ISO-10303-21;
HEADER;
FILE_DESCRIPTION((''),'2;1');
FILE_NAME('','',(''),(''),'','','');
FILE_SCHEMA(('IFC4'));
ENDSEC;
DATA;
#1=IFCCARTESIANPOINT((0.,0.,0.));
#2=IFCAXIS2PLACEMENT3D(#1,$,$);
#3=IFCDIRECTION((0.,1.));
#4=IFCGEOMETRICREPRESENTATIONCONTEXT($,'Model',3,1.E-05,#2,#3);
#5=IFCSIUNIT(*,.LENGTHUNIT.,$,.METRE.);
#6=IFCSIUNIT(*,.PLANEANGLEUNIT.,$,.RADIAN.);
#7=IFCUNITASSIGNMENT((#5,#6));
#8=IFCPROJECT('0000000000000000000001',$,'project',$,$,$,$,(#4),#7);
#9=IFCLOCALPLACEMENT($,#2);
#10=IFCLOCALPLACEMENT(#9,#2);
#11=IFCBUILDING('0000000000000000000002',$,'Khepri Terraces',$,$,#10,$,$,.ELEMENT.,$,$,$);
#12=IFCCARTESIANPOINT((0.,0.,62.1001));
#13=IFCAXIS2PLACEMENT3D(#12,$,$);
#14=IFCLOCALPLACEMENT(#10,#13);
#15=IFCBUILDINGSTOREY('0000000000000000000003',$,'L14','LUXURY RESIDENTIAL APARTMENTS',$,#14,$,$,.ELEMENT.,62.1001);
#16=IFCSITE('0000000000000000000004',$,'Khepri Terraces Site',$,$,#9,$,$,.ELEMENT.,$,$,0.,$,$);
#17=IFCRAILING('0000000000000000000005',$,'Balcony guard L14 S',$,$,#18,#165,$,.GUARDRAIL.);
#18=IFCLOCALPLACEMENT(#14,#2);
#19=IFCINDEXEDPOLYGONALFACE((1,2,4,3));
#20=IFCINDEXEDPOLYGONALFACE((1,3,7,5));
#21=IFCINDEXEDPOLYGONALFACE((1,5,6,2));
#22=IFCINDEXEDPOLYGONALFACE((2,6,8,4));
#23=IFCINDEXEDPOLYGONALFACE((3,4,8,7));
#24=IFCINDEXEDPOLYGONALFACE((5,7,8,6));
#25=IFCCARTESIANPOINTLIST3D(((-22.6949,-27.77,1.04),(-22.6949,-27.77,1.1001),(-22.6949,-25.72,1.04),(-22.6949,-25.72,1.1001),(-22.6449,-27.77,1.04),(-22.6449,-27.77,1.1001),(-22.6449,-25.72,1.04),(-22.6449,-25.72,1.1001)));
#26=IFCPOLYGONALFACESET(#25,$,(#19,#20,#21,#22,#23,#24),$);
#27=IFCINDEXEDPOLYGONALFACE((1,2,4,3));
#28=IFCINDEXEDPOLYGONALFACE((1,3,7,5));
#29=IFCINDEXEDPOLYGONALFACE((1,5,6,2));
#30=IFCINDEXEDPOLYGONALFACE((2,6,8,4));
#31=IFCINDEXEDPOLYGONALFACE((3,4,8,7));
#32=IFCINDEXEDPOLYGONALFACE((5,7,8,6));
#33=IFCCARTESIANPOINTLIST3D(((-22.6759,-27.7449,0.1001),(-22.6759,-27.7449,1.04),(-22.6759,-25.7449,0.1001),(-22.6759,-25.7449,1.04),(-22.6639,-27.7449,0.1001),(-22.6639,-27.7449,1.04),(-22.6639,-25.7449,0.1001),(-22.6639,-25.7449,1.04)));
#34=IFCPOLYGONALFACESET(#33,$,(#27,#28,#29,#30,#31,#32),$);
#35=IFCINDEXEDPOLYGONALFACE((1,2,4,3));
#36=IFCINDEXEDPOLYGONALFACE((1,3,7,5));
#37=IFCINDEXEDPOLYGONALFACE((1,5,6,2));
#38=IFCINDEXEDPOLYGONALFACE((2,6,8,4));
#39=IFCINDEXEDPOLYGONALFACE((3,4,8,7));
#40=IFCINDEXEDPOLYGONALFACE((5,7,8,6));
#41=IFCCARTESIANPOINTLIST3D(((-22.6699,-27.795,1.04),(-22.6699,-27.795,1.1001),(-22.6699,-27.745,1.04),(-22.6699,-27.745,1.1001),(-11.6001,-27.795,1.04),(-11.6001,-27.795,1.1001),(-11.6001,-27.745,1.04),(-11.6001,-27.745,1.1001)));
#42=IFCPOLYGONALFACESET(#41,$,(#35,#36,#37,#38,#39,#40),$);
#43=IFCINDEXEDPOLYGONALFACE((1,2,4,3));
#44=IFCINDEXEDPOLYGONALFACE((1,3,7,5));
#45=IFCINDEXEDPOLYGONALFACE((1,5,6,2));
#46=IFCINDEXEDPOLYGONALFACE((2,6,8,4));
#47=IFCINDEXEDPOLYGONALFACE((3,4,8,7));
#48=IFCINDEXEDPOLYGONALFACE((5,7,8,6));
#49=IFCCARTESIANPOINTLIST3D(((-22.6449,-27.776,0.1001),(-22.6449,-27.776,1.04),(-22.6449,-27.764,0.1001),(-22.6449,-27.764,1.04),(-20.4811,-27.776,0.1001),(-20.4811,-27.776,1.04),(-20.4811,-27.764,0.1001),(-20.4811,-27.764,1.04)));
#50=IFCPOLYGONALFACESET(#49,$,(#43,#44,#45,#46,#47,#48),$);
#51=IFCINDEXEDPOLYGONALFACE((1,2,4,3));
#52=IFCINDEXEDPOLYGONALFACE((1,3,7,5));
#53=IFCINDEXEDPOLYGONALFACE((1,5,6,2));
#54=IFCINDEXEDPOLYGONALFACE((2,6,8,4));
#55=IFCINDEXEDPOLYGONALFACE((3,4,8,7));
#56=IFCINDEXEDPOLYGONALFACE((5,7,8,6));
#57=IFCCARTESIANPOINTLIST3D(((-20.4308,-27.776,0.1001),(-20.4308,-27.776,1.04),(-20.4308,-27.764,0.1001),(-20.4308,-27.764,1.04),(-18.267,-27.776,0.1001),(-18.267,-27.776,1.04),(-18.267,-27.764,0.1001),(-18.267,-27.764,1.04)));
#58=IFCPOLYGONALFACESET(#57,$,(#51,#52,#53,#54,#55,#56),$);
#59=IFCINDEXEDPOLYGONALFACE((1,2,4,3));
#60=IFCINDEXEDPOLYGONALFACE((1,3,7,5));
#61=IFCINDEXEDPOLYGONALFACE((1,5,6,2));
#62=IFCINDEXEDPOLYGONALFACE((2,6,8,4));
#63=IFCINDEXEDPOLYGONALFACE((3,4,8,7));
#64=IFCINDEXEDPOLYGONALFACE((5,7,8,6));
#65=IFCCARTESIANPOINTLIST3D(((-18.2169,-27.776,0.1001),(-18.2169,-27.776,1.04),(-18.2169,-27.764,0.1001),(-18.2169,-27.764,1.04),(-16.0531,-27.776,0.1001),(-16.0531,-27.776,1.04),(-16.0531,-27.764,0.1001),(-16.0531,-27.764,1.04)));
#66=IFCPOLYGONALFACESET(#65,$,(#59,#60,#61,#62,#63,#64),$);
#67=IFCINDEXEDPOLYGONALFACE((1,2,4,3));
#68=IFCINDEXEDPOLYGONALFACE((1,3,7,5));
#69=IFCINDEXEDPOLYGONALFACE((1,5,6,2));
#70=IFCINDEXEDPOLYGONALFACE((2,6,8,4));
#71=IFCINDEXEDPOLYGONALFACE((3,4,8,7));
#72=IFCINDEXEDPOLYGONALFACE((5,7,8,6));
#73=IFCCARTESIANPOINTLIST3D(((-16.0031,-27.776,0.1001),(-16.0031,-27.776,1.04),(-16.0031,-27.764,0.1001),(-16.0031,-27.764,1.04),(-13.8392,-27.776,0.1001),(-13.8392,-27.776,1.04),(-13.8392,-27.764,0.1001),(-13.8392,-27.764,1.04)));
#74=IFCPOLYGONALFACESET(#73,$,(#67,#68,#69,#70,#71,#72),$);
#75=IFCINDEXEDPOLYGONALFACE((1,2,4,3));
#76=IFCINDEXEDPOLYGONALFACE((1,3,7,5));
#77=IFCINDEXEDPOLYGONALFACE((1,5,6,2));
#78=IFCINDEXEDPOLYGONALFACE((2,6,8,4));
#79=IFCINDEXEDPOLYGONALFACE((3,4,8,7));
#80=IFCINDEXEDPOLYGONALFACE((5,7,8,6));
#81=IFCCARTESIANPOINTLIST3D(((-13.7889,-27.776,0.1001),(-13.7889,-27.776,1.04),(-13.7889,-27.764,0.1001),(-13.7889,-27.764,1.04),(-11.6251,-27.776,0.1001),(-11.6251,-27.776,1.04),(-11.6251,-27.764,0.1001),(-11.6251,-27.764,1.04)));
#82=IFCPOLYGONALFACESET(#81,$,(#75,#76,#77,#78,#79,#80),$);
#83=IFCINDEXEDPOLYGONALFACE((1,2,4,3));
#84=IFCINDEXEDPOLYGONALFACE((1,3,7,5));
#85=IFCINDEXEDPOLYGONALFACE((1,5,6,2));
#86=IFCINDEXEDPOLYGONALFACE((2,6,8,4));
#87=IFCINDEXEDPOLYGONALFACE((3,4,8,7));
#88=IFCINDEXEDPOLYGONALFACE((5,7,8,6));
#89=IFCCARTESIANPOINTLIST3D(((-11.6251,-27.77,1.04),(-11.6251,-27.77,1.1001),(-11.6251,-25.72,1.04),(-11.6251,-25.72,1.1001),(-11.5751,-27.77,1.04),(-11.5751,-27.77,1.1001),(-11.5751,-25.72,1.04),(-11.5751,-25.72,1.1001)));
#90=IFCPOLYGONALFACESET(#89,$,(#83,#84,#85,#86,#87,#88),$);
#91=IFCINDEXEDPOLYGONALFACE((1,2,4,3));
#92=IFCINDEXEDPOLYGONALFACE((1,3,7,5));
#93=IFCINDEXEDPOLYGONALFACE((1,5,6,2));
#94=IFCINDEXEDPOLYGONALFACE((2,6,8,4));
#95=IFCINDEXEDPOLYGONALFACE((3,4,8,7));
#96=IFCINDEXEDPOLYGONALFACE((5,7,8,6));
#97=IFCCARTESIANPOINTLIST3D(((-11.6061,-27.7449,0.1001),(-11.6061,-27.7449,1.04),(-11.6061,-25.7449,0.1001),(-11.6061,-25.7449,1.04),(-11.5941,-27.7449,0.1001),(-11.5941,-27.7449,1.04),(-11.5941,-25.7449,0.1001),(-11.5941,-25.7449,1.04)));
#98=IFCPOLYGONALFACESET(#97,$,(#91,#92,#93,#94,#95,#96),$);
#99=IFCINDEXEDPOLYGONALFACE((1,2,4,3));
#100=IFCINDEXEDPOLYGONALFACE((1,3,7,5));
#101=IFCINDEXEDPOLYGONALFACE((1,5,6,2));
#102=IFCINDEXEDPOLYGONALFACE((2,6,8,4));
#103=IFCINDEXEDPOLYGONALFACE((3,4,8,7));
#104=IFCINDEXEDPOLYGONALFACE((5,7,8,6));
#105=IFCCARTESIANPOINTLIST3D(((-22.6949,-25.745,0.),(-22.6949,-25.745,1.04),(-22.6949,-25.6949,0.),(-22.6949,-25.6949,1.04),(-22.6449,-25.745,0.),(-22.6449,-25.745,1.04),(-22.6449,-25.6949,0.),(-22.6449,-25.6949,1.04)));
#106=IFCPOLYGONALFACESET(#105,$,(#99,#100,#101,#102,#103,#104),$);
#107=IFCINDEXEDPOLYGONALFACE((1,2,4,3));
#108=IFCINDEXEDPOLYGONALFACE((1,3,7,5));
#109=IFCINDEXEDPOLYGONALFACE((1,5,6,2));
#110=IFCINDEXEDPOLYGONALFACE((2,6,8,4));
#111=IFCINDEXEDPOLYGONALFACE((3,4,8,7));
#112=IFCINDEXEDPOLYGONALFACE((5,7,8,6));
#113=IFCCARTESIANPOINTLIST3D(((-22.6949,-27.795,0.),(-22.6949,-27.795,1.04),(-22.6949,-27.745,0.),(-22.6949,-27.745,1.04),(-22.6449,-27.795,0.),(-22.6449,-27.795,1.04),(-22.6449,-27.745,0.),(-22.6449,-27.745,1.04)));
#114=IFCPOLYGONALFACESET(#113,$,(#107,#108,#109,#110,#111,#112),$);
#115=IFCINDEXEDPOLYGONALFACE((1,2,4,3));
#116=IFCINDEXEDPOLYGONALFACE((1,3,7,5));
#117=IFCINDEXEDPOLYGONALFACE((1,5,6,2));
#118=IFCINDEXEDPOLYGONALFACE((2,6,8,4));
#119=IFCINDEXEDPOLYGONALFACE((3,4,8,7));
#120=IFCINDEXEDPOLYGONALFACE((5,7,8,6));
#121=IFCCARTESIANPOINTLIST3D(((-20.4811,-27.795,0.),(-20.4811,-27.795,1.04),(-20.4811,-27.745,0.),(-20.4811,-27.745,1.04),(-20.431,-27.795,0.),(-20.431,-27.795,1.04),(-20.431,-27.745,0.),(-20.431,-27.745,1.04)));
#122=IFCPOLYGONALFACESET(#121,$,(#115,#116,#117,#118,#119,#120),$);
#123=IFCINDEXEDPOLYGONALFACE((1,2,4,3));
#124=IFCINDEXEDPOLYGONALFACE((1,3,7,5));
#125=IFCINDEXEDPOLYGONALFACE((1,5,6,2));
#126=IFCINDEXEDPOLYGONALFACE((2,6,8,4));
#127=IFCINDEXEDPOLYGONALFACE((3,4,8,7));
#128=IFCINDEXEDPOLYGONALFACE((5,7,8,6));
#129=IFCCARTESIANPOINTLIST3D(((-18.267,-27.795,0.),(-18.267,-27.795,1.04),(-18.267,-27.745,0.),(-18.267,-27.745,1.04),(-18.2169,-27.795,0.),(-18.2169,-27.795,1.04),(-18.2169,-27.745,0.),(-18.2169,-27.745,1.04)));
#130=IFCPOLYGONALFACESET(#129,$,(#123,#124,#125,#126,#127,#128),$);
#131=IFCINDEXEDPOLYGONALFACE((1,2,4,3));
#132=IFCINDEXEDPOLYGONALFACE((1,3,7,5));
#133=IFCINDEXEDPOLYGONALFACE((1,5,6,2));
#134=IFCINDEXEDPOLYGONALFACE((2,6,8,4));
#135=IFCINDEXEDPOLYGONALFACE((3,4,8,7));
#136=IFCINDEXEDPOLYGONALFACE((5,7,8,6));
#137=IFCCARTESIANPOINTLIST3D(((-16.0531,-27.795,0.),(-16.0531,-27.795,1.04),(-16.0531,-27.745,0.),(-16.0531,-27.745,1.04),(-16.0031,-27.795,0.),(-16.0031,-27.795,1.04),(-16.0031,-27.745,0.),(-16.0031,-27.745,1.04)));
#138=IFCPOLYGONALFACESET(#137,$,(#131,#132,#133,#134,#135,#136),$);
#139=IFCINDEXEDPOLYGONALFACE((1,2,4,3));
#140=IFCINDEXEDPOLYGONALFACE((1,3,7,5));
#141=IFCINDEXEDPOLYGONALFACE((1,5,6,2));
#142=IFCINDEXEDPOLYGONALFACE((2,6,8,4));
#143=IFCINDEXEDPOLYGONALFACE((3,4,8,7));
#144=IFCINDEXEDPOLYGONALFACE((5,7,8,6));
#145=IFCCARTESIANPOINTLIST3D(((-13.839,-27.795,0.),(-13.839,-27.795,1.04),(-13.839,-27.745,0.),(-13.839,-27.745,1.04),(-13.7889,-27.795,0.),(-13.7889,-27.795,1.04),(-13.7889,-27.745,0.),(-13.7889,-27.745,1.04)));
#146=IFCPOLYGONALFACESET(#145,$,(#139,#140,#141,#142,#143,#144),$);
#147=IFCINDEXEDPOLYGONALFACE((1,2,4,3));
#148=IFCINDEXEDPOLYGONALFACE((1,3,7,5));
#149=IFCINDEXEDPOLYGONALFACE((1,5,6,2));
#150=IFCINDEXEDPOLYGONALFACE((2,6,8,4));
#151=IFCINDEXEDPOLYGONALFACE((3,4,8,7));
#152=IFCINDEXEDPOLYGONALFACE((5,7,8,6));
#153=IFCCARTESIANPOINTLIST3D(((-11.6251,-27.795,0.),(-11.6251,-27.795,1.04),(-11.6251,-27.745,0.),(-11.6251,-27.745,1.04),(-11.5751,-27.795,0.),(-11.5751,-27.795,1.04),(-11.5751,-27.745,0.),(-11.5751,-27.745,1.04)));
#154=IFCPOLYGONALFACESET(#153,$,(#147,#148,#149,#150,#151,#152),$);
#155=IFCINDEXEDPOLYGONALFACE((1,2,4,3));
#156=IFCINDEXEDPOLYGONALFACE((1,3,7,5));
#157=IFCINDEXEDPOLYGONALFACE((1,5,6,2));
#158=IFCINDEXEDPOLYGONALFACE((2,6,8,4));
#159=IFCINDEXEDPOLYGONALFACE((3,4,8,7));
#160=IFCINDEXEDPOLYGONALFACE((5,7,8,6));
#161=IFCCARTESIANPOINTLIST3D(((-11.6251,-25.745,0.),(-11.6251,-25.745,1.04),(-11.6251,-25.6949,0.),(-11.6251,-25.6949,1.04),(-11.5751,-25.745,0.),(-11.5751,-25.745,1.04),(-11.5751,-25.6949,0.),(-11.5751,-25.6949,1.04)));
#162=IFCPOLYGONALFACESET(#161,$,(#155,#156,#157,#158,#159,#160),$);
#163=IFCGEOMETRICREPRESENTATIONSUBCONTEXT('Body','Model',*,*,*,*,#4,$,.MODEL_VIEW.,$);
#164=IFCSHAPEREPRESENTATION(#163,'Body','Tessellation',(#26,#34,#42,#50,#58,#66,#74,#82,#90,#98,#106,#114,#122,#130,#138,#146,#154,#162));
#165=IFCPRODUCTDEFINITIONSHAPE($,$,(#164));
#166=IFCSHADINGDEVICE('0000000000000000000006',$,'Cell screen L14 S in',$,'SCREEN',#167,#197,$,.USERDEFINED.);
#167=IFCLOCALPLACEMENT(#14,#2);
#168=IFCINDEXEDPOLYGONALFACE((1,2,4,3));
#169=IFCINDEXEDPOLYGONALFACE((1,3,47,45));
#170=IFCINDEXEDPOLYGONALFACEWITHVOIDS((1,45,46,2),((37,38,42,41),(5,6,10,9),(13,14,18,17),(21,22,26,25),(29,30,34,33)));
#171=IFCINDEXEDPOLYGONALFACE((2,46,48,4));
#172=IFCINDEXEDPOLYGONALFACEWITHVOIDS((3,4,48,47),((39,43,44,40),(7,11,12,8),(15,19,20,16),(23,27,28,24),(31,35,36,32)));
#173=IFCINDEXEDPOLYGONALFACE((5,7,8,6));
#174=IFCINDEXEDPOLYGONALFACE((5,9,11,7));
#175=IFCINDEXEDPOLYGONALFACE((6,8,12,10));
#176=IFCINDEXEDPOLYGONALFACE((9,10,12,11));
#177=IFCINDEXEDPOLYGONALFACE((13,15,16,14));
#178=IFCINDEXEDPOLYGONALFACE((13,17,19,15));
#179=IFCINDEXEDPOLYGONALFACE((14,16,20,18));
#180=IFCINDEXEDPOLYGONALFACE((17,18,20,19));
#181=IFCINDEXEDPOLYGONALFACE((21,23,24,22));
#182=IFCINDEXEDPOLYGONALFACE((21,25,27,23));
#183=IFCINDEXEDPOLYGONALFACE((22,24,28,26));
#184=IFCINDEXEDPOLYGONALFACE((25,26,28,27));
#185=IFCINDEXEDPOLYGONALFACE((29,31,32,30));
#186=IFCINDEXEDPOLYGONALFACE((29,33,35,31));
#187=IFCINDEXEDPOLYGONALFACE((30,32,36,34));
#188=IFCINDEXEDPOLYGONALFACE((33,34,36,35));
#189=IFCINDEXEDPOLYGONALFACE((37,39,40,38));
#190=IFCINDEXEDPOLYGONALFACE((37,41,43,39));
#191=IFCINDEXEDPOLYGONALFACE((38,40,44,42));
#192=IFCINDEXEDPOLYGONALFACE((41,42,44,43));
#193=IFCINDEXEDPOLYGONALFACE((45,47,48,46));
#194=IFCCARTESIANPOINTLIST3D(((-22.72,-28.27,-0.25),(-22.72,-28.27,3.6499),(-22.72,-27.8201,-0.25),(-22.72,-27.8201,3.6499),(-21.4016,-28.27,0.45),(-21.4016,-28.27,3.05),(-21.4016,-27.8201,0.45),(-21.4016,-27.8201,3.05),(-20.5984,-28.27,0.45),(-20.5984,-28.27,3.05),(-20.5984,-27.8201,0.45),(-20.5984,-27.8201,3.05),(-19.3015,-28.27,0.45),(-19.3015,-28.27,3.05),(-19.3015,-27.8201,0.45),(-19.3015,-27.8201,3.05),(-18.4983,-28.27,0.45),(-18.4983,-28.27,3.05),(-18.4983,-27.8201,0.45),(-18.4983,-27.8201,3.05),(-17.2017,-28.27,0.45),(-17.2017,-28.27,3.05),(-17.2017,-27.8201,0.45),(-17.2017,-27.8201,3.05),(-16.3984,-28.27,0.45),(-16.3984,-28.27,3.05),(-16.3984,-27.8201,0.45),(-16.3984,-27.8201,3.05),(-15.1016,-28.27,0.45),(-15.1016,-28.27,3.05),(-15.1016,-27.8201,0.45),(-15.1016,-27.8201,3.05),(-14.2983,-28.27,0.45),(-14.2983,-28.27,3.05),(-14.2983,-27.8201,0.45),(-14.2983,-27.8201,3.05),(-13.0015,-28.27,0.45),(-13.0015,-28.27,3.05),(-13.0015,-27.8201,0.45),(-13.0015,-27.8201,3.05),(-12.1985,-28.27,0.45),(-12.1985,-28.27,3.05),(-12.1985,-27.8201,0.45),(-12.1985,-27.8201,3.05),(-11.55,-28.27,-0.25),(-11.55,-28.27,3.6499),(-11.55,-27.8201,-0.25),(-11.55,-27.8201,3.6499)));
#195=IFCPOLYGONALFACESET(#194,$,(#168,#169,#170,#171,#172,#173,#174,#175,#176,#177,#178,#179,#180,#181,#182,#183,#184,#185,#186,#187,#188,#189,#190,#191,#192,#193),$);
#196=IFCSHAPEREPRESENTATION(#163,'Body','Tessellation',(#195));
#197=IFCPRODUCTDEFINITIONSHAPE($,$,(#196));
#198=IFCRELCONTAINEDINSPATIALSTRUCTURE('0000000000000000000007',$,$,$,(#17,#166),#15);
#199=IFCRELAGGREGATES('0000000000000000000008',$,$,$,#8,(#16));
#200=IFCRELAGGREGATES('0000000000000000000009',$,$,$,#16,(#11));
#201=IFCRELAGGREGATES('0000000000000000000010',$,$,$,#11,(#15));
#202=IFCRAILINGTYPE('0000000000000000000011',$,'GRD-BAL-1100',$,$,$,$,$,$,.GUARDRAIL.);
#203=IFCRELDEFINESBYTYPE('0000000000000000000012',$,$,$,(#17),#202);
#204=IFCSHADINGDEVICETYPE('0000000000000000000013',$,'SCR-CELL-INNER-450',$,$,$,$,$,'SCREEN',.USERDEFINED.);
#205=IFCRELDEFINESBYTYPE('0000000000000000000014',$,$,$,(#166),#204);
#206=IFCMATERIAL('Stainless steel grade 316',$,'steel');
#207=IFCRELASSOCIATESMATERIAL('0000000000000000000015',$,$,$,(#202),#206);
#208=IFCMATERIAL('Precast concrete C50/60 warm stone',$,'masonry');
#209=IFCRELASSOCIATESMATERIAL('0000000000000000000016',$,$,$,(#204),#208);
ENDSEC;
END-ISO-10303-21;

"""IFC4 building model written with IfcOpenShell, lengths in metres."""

from ifc_helpers import new_model, si_unit, direction, frame, origin, origin_2d, place, context, subcontext, project, spatial, polyline, rectangle, outline, extrude, material, type_object, element, save


model = new_model("IFC4")

# Units and contexts
model_context = context("Model", 3, precision=1e-05, world=origin(), true_north=direction((0.0, 1.0)))
body_context = subcontext(model_context, "Body", "Model", "MODEL_VIEW")
ifc_project = project(units=[si_unit("LENGTHUNIT", "METRE"), si_unit("PLANEANGLEUNIT", "RADIAN")], contexts=[model_context])

# Site, building, storey
site_placement = place(None, origin())
site = spatial("IfcSite", under=ifc_project, at=site_placement, Name="Khepri Terraces Site", CompositionType="ELEMENT", RefElevation=0.0)
building_placement = place(site_placement, origin())
building = spatial("IfcBuilding", under=site, at=building_placement, Name="Khepri Terraces", CompositionType="ELEMENT")
storey_placement = place(building_placement, frame((0.0, 0.0, 62.1001)))
storey = spatial("IfcBuildingStorey", under=building, at=storey_placement, Name="L14", Description="LUXURY RESIDENTIAL APARTMENTS", CompositionType="ELEMENT", Elevation=62.1001)

# Shared definitions
ifc_material_1 = material(Name="Precast concrete C50/60 warm stone", Category="masonry")

# Railing
ifc_material_2 = material(Name="Stainless steel grade 316", Category="steel")
railing_type = type_object("IfcRailingType", Name="GRD-BAL-1100", PredefinedType="GUARDRAIL", material=ifc_material_2)
railing_placement = place(storey_placement, frame((-22.6699, -25.72, 0.0)))
element("IfcRailing", 1, at=railing_placement, inside=storey, type_object=railing_type, Name="Balcony guard L14 S", PredefinedType="GUARDRAIL", context=body_context, shape_type="SweptSolid", body=[
    extrude(rectangle(XDim=0.05, YDim=0.0601, at=origin_2d()), frame((0.0, 0.0, 1.0701), z_axis=(0.0, -1.0, 0.0), x_axis=(1.0, 0.0, 0.0)), (0.0, 0.0, 1.0), 2.05),
    extrude(rectangle(XDim=2.0, YDim=0.012, at=origin_2d()), frame((0.0, -1.0249, 0.1001), z_axis=(0.0, 0.0, 1.0), x_axis=(0.0, -1.0, 0.0)), (0.0, 0.0, 1.0), 0.9399),
    extrude(rectangle(XDim=0.05, YDim=0.0601, at=origin_2d()), frame((0.0, -2.05, 1.0701), z_axis=(1.0, 0.0, 0.0), x_axis=(0.0, 1.0, 0.0)), (0.0, 0.0, 1.0), 11.0698),
    extrude(rectangle(XDim=2.1638, YDim=0.012, at=origin_2d()), frame((1.1069, -2.05, 0.1001), z_axis=(0.0, 0.0, 1.0), x_axis=(1.0, 0.0, 0.0)), (0.0, 0.0, 1.0), 0.9399),
    extrude(rectangle(XDim=2.1638, YDim=0.012, at=origin_2d()), frame((3.321, -2.05, 0.1001), z_axis=(0.0, 0.0, 1.0), x_axis=(1.0, 0.0, 0.0)), (0.0, 0.0, 1.0), 0.9399),
    extrude(rectangle(XDim=2.1638, YDim=0.012, at=origin_2d()), frame((5.5349, -2.05, 0.1001), z_axis=(0.0, 0.0, 1.0), x_axis=(1.0, 0.0, 0.0)), (0.0, 0.0, 1.0), 0.9399),
    extrude(rectangle(XDim=2.1638, YDim=0.012, at=origin_2d()), frame((7.7488, -2.05, 0.1001), z_axis=(0.0, 0.0, 1.0), x_axis=(1.0, 0.0, 0.0)), (0.0, 0.0, 1.0), 0.9399),
    extrude(rectangle(XDim=2.1638, YDim=0.012, at=origin_2d()), frame((9.9629, -2.05, 0.1001), z_axis=(0.0, 0.0, 1.0), x_axis=(1.0, 0.0, 0.0)), (0.0, 0.0, 1.0), 0.9399),
    extrude(rectangle(XDim=0.05, YDim=0.0601, at=origin_2d()), frame((11.0698, -2.05, 1.0701), z_axis=(0.0, 1.0, 0.0), x_axis=(-1.0, 0.0, 0.0)), (0.0, 0.0, 1.0), 2.05),
    extrude(rectangle(XDim=2.0, YDim=0.012, at=origin_2d()), frame((11.0698, -1.0249, 0.1001), z_axis=(0.0, 0.0, 1.0), x_axis=(0.0, 1.0, 0.0)), (0.0, 0.0, 1.0), 0.9399),
    extrude(rectangle(XDim=0.05, YDim=0.05, at=origin_2d()), origin(), (0.0, 0.0, 1.0), 1.04),
    extrude(rectangle(XDim=0.05, YDim=0.05, at=origin_2d()), frame((0.0, -2.05, 0.0)), (0.0, 0.0, 1.0), 1.04),
    extrude(rectangle(XDim=0.05, YDim=0.05, at=origin_2d()), frame((2.2139, -2.05, 0.0)), (0.0, 0.0, 1.0), 1.04),
    extrude(rectangle(XDim=0.05, YDim=0.05, at=origin_2d()), frame((4.428, -2.05, 0.0)), (0.0, 0.0, 1.0), 1.04),
    extrude(rectangle(XDim=0.05, YDim=0.05, at=origin_2d()), frame((6.6418, -2.05, 0.0)), (0.0, 0.0, 1.0), 1.04),
    extrude(rectangle(XDim=0.05, YDim=0.05, at=origin_2d()), frame((8.856, -2.05, 0.0)), (0.0, 0.0, 1.0), 1.04),
    extrude(rectangle(XDim=0.05, YDim=0.05, at=origin_2d()), frame((11.0698, -2.05, 0.0)), (0.0, 0.0, 1.0), 1.04),
    extrude(rectangle(XDim=0.05, YDim=0.05, at=origin_2d()), frame((11.0698, 0.0, 0.0)), (0.0, 0.0, 1.0), 1.04),
])

# Shading device
shading_device_type_1 = type_object("IfcShadingDeviceType", Name="SCR-CELL-INNER-450", ElementType="SCREEN", PredefinedType="USERDEFINED", material=ifc_material_1)
shading_device_1_placement = place(storey_placement, frame((-22.72, -27.8201, -0.25), z_axis=(0.0, -1.0, 0.0), x_axis=(1.0, 0.0, 0.0)))
element("IfcShadingDevice", 2, at=shading_device_1_placement, inside=storey, type_object=shading_device_type_1, Name="Cell screen L14 S in", ObjectType="SCREEN", PredefinedType="USERDEFINED", context=body_context, shape_type="SweptSolid", body=[
    extrude(outline(polyline([(0.0, 0.0), (11.1699, 0.0), (11.1699, 3.8999), (0.0, 3.8999), (0.0, 0.0)]), holes=[polyline([(1.3184, 0.7), (2.1216, 0.7), (2.1216, 3.3), (1.3184, 3.3), (1.3184, 0.7)]), polyline([(3.4185, 0.7), (4.2217, 0.7), (4.2217, 3.3), (3.4185, 3.3), (3.4185, 0.7)]), polyline([(5.5183, 0.7), (6.3215, 0.7), (6.3215, 3.3), (5.5183, 3.3), (5.5183, 0.7)]), polyline([(7.6184, 0.7), (8.4216, 0.7), (8.4216, 3.3), (7.6184, 3.3), (7.6184, 0.7)]), polyline([(9.7185, 0.7), (10.5215, 0.7), (10.5215, 3.3), (9.7185, 3.3), (9.7185, 0.7)])]), origin(), (0.0, 0.0, 1.0), 0.45),
])

save(model, "model.ifc")
